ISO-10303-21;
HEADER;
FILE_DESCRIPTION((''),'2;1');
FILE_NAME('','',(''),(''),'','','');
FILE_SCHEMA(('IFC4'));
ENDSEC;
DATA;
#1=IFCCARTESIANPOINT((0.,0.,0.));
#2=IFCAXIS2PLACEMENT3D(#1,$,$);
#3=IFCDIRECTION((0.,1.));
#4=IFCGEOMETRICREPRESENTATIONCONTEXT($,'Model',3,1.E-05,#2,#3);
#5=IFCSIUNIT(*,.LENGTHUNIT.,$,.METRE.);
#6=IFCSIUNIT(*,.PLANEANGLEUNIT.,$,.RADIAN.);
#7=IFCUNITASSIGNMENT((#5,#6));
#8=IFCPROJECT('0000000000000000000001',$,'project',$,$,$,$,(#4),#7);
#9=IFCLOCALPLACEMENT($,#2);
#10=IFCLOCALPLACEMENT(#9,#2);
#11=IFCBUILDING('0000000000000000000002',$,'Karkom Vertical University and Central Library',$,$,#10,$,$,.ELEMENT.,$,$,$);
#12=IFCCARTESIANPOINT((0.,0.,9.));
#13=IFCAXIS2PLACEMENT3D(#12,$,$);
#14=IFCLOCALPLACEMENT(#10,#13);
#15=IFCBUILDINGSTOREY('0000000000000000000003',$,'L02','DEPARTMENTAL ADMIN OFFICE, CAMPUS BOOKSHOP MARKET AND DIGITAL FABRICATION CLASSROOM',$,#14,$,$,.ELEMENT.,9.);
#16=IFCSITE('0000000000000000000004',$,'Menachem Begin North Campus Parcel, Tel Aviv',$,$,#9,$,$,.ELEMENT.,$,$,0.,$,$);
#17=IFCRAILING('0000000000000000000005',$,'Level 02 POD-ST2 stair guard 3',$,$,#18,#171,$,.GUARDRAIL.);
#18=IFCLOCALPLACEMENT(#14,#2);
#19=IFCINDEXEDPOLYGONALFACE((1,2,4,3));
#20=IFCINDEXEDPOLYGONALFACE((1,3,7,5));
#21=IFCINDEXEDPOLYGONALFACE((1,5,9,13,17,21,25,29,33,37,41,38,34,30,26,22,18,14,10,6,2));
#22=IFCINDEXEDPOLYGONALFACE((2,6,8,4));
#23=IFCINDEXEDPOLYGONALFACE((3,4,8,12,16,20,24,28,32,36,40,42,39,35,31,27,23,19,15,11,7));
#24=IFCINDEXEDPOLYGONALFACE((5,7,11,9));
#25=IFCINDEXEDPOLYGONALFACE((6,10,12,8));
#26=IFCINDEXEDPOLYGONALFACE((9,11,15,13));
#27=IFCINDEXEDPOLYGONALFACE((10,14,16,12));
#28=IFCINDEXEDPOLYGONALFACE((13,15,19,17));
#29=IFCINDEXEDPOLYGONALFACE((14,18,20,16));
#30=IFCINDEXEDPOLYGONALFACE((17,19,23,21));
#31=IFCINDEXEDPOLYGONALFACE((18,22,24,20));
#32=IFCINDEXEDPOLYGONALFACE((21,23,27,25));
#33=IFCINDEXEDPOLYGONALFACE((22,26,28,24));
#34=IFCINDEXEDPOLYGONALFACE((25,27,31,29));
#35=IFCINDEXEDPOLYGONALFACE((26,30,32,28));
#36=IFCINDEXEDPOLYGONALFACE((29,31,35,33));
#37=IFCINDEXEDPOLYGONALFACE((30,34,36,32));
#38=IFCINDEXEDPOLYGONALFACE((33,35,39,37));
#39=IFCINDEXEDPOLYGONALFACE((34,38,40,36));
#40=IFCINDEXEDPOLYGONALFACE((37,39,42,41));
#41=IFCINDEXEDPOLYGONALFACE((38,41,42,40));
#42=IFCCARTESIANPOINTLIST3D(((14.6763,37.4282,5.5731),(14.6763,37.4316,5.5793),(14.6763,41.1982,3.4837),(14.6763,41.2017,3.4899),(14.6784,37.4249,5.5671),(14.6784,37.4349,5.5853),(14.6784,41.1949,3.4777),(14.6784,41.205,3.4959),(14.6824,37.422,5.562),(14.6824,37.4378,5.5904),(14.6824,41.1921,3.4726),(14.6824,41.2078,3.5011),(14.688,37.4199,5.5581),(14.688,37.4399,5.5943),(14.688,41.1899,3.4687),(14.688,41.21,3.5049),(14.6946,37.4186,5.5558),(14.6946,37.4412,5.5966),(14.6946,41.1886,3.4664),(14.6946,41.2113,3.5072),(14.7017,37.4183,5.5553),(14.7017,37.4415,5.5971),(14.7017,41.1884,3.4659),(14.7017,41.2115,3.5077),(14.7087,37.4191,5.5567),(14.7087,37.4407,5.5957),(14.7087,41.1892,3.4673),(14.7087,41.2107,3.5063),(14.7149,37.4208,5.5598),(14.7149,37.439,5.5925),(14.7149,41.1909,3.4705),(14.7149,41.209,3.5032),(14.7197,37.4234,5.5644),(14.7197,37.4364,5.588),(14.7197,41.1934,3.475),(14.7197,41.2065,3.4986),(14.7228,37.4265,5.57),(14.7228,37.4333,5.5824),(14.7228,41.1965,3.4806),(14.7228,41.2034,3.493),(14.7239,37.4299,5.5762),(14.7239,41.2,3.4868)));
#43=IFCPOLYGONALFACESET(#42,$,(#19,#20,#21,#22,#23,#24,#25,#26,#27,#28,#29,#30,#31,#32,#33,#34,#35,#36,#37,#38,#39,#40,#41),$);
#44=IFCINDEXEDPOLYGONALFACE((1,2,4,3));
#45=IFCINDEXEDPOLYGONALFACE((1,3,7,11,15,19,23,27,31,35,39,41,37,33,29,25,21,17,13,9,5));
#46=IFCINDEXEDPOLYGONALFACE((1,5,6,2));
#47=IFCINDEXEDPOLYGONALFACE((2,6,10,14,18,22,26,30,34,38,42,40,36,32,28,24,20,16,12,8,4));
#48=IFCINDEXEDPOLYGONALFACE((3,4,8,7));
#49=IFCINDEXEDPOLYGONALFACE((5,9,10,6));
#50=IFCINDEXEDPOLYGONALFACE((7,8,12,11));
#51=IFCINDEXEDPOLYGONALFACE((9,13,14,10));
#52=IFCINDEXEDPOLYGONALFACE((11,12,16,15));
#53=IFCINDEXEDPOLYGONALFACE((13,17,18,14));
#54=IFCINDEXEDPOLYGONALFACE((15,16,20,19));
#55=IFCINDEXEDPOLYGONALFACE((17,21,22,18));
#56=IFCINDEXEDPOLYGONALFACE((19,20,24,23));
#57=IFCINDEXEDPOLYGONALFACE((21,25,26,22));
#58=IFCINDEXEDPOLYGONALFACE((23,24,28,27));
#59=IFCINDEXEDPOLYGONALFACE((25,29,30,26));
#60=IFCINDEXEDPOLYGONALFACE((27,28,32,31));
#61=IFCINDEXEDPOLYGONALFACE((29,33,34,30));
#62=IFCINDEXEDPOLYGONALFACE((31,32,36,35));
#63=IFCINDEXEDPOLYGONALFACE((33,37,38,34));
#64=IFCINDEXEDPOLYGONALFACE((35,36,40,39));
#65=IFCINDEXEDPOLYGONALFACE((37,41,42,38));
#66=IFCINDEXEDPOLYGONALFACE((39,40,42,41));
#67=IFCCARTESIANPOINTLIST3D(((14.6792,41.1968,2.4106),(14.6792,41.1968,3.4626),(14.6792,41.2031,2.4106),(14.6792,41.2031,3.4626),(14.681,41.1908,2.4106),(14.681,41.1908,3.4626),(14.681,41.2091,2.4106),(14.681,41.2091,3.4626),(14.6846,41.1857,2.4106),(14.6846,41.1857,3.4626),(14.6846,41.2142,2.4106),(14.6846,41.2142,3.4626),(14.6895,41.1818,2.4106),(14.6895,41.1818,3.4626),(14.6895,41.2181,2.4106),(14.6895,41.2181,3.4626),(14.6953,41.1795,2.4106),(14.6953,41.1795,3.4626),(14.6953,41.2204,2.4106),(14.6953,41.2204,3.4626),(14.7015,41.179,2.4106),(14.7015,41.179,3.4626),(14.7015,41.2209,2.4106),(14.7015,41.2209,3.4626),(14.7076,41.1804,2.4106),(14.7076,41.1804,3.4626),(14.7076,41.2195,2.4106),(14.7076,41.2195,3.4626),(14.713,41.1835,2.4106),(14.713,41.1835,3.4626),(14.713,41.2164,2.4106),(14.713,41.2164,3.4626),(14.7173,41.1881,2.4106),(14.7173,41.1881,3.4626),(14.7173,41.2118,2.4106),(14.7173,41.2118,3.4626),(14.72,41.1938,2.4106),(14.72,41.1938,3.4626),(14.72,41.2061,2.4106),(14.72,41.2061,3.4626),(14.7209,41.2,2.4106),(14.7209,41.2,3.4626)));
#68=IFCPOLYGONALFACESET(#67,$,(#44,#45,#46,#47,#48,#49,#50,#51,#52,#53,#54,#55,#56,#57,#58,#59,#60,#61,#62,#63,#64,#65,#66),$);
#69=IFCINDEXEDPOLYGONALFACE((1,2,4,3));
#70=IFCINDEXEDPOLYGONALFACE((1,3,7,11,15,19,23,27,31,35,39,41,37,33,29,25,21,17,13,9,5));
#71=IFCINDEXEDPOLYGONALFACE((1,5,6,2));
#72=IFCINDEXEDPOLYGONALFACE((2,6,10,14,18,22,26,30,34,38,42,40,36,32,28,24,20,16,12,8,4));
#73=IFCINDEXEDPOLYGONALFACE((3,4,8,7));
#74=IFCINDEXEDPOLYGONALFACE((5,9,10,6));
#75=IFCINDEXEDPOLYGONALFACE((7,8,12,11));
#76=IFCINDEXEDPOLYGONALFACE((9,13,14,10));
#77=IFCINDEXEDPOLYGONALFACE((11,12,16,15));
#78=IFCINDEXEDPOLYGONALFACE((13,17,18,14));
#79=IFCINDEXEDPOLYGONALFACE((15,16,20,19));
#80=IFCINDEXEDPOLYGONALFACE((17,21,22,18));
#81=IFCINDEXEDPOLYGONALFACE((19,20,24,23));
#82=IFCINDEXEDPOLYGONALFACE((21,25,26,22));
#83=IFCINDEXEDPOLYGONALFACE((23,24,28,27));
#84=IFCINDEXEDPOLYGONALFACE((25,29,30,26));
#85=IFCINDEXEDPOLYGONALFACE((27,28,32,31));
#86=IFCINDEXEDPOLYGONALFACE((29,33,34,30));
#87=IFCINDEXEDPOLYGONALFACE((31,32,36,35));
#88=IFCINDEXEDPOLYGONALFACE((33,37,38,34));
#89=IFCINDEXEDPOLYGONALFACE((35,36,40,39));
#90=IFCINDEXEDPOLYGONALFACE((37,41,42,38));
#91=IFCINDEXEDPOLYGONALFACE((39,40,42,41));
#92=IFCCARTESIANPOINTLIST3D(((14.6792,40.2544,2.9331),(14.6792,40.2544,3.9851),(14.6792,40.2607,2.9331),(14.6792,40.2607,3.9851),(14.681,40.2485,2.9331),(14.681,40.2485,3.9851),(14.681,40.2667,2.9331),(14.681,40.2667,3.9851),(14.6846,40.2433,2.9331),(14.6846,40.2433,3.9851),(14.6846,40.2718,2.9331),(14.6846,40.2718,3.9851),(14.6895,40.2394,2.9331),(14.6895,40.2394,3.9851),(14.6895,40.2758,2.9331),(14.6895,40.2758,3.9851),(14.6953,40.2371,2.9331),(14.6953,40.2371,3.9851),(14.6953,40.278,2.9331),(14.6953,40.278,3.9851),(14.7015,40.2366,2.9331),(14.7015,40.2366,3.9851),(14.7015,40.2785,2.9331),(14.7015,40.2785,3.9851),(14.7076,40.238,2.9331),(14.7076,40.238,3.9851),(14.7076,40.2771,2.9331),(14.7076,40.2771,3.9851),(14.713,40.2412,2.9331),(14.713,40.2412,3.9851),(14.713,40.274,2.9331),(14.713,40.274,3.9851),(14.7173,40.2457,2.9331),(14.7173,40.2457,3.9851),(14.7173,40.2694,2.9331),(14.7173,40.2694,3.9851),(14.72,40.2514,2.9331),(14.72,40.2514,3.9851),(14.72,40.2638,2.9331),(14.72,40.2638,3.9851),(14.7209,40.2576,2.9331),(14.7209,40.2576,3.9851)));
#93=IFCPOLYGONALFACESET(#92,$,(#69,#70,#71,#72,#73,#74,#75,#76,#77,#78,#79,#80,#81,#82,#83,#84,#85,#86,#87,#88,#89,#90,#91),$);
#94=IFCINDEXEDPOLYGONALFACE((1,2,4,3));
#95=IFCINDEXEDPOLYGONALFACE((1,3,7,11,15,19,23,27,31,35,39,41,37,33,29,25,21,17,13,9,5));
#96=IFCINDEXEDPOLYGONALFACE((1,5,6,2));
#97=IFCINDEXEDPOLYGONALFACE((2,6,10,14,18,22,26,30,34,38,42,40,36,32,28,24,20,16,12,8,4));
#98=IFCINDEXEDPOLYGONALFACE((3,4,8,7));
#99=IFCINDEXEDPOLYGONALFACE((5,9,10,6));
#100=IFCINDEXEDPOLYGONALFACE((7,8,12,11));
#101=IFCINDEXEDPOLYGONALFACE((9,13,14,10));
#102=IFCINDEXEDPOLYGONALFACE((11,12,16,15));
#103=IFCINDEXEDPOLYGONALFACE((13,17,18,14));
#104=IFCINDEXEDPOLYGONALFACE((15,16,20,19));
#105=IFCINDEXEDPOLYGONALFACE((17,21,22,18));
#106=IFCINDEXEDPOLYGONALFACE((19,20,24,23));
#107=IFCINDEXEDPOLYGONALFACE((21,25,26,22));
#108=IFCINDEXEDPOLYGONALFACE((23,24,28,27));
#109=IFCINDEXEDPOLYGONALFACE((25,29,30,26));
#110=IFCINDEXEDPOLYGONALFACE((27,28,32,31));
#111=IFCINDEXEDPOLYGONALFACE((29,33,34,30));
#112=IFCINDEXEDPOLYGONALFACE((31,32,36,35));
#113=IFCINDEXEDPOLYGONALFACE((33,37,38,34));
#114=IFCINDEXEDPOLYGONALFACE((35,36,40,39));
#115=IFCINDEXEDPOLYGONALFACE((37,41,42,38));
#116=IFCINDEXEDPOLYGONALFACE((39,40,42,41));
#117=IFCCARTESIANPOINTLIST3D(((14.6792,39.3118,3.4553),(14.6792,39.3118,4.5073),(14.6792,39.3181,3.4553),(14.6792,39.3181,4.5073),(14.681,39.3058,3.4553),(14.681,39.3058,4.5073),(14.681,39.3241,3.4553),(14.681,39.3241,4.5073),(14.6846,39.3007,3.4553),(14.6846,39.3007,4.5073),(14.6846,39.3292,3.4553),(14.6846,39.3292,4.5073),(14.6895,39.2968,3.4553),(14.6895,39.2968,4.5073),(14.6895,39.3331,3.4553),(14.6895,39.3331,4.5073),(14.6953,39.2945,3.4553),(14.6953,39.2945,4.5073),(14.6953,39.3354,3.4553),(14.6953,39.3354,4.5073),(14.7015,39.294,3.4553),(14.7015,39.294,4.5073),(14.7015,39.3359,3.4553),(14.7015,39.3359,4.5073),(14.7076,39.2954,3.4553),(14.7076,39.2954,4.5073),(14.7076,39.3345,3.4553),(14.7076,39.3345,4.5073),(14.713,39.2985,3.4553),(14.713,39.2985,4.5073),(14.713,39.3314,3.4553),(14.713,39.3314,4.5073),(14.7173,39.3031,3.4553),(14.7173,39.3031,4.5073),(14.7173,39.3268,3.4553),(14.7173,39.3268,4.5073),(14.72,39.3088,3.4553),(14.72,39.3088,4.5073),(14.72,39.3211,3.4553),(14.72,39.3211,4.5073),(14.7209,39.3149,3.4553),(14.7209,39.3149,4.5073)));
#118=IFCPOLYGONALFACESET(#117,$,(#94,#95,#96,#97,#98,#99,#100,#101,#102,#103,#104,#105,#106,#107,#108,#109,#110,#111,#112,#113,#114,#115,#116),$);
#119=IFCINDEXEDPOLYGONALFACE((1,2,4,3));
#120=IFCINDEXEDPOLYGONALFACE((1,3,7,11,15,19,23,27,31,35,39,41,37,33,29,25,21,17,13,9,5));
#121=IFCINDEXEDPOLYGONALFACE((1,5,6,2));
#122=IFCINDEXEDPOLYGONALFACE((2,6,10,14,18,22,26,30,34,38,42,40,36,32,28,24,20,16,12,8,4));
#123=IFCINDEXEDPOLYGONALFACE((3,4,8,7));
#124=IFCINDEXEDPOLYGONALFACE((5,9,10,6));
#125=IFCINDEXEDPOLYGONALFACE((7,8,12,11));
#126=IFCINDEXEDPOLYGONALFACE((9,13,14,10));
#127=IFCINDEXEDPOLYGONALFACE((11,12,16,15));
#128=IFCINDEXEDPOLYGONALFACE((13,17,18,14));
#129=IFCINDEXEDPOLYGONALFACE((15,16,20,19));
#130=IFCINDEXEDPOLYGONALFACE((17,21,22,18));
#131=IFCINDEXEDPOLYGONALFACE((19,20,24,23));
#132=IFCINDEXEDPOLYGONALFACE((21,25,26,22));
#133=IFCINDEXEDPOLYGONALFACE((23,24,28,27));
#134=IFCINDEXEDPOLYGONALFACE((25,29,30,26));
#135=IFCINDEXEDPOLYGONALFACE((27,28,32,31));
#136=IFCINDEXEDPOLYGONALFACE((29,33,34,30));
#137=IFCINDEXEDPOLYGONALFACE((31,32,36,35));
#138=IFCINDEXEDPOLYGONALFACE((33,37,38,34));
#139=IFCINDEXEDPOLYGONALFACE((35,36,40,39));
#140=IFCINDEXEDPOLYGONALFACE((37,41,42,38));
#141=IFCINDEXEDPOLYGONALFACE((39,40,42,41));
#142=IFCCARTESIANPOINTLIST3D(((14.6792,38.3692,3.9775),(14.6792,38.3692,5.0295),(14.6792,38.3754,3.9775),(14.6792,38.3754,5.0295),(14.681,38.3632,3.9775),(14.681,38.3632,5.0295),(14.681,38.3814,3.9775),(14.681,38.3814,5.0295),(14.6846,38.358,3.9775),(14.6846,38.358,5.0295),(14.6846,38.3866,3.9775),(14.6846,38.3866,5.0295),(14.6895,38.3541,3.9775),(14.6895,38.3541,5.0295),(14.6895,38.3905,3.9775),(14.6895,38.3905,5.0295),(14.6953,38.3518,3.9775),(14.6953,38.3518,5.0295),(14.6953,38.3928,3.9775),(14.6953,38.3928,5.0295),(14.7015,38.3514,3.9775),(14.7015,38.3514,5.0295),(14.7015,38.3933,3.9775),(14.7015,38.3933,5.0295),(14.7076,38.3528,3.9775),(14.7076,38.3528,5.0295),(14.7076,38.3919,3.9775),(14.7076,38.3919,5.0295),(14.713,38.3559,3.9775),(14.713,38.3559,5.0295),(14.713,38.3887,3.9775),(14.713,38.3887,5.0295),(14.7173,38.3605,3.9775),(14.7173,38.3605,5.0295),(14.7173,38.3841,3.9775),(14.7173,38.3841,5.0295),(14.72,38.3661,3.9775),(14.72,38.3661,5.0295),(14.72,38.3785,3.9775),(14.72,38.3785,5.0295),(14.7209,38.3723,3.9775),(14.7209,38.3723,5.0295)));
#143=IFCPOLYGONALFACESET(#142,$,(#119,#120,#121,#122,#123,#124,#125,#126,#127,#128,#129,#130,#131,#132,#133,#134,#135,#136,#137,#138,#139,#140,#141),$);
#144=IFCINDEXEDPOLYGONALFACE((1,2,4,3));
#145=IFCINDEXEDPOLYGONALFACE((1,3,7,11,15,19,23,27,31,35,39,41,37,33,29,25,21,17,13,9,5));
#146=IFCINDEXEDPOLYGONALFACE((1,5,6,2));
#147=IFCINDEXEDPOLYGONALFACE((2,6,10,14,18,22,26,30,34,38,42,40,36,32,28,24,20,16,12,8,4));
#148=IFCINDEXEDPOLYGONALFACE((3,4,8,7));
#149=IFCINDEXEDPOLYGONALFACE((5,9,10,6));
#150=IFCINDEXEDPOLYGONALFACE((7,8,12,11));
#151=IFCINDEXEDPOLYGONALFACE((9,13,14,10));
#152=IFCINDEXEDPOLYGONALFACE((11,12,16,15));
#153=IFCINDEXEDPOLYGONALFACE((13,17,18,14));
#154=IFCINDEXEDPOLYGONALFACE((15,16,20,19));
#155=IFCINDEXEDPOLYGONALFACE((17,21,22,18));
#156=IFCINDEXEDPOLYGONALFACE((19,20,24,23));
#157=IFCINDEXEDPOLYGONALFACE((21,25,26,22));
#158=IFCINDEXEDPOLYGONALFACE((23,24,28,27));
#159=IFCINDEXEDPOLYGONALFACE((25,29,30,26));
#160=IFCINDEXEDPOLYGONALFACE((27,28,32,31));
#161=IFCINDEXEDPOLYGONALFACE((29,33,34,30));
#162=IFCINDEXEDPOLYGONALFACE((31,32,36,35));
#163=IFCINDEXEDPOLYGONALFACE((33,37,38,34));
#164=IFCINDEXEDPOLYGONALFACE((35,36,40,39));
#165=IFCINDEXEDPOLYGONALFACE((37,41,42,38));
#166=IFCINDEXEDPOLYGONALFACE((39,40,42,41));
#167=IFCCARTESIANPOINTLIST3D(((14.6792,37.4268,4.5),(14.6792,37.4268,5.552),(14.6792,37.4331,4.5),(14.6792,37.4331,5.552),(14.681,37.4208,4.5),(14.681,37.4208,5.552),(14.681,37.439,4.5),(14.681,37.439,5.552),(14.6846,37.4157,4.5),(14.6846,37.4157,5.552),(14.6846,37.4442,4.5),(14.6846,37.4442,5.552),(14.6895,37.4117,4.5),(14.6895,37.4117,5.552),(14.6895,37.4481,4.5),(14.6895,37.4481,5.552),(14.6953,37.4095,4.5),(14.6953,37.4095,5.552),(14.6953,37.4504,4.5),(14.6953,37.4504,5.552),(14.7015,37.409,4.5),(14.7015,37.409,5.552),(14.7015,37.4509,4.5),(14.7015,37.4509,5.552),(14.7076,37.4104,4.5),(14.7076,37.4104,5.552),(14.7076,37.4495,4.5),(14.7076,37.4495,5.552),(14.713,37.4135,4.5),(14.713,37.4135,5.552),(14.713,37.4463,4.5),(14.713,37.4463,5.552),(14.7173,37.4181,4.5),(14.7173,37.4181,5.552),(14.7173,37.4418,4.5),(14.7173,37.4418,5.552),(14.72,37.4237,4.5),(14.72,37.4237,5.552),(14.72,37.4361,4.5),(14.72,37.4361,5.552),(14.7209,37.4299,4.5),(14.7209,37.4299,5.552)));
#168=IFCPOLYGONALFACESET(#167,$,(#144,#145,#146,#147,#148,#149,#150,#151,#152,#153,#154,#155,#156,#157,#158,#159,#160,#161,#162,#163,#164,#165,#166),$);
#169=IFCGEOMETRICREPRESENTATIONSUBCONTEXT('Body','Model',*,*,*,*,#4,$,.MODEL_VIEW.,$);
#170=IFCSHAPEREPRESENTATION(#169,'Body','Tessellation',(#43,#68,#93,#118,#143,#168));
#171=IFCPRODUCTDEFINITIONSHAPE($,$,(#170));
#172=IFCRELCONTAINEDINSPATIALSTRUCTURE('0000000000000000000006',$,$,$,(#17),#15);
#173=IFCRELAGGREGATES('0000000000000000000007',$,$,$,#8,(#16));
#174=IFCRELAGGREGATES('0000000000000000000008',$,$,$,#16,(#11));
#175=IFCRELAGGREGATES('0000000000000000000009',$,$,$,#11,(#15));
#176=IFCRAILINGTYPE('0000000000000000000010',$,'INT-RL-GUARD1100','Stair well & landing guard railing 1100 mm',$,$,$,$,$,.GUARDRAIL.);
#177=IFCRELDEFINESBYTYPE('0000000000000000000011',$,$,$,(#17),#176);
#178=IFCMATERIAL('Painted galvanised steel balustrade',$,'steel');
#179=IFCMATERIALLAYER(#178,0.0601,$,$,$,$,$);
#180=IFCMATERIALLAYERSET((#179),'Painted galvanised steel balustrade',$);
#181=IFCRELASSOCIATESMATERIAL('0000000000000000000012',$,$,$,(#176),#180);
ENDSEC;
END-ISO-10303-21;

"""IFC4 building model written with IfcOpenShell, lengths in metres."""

from ifc_helpers import new_model, si_unit, direction, frame, origin, origin_2d, place, context, subcontext, project, spatial, circle, extrude, material, layer, layer_set, type_object, element, save


model = new_model("IFC4")

# Units and contexts
model_context = context("Model", 3, precision=1e-05, world=origin(), true_north=direction((0.0, 1.0)))
body_context = subcontext(model_context, "Body", "Model", "MODEL_VIEW")
ifc_project = project(units=[si_unit("LENGTHUNIT", "METRE"), si_unit("PLANEANGLEUNIT", "RADIAN")], contexts=[model_context])

# Site, building, storey
site_placement = place(None, origin())
site = spatial("IfcSite", under=ifc_project, at=site_placement, Name="Menachem Begin North Campus Parcel, Tel Aviv", CompositionType="ELEMENT", RefElevation=0.0)
building_placement = place(site_placement, origin())
building = spatial("IfcBuilding", under=site, at=building_placement, Name="Karkom Vertical University and Central Library", CompositionType="ELEMENT")
storey_placement = place(building_placement, frame((0.0, 0.0, 9.0)))
storey = spatial("IfcBuildingStorey", under=building, at=storey_placement, Name="L02", Description="DEPARTMENTAL ADMIN OFFICE, CAMPUS BOOKSHOP MARKET AND DIGITAL FABRICATION CLASSROOM", CompositionType="ELEMENT", Elevation=9.0)

# Railing
ifc_material_1 = material(Name="Painted galvanised steel balustrade", Category="steel")
ifc_layer_1 = layer(ifc_material_1, 0.0601)
ifc_layer_set_1 = layer_set([ifc_layer_1], Name="Painted galvanised steel balustrade")
railing_type_1 = type_object("IfcRailingType", Name="INT-RL-GUARD1100", Description="Stair well & landing guard railing 1100 mm", PredefinedType="GUARDRAIL", material=ifc_layer_set_1)
railing_1_placement = place(storey_placement, frame((14.7, 41.2, 2.4106)))
element("IfcRailing", 1, at=railing_1_placement, inside=storey, type_object=railing_type_1, Name="Level 02 POD-ST2 stair guard 3", PredefinedType="GUARDRAIL", context=body_context, shape_type="SweptSolid", body=[
    extrude(circle(Radius=0.0239, at=origin_2d()), frame((0.0, 0.0, 1.0762), z_axis=(0.0, -0.874659, 0.484739), x_axis=(1.0, 0.0, 0.0)), (0.0, 0.0, 1.0), 4.3103),
    extrude(circle(Radius=0.021, at=origin_2d()), origin(), (0.0, 0.0, 1.0), 1.052),
    extrude(circle(Radius=0.021, at=origin_2d()), frame((0.0, -0.9424, 0.5225)), (0.0, 0.0, 1.0), 1.052),
    extrude(circle(Radius=0.021, at=origin_2d()), frame((0.0, -1.885, 1.0447)), (0.0, 0.0, 1.0), 1.052),
    extrude(circle(Radius=0.021, at=origin_2d()), frame((0.0, -2.8276, 1.5669)), (0.0, 0.0, 1.0), 1.052),
    extrude(circle(Radius=0.021, at=origin_2d()), frame((0.0, -3.77, 2.0894)), (0.0, 0.0, 1.0), 1.052),
])

save(model, "model.ifc")
